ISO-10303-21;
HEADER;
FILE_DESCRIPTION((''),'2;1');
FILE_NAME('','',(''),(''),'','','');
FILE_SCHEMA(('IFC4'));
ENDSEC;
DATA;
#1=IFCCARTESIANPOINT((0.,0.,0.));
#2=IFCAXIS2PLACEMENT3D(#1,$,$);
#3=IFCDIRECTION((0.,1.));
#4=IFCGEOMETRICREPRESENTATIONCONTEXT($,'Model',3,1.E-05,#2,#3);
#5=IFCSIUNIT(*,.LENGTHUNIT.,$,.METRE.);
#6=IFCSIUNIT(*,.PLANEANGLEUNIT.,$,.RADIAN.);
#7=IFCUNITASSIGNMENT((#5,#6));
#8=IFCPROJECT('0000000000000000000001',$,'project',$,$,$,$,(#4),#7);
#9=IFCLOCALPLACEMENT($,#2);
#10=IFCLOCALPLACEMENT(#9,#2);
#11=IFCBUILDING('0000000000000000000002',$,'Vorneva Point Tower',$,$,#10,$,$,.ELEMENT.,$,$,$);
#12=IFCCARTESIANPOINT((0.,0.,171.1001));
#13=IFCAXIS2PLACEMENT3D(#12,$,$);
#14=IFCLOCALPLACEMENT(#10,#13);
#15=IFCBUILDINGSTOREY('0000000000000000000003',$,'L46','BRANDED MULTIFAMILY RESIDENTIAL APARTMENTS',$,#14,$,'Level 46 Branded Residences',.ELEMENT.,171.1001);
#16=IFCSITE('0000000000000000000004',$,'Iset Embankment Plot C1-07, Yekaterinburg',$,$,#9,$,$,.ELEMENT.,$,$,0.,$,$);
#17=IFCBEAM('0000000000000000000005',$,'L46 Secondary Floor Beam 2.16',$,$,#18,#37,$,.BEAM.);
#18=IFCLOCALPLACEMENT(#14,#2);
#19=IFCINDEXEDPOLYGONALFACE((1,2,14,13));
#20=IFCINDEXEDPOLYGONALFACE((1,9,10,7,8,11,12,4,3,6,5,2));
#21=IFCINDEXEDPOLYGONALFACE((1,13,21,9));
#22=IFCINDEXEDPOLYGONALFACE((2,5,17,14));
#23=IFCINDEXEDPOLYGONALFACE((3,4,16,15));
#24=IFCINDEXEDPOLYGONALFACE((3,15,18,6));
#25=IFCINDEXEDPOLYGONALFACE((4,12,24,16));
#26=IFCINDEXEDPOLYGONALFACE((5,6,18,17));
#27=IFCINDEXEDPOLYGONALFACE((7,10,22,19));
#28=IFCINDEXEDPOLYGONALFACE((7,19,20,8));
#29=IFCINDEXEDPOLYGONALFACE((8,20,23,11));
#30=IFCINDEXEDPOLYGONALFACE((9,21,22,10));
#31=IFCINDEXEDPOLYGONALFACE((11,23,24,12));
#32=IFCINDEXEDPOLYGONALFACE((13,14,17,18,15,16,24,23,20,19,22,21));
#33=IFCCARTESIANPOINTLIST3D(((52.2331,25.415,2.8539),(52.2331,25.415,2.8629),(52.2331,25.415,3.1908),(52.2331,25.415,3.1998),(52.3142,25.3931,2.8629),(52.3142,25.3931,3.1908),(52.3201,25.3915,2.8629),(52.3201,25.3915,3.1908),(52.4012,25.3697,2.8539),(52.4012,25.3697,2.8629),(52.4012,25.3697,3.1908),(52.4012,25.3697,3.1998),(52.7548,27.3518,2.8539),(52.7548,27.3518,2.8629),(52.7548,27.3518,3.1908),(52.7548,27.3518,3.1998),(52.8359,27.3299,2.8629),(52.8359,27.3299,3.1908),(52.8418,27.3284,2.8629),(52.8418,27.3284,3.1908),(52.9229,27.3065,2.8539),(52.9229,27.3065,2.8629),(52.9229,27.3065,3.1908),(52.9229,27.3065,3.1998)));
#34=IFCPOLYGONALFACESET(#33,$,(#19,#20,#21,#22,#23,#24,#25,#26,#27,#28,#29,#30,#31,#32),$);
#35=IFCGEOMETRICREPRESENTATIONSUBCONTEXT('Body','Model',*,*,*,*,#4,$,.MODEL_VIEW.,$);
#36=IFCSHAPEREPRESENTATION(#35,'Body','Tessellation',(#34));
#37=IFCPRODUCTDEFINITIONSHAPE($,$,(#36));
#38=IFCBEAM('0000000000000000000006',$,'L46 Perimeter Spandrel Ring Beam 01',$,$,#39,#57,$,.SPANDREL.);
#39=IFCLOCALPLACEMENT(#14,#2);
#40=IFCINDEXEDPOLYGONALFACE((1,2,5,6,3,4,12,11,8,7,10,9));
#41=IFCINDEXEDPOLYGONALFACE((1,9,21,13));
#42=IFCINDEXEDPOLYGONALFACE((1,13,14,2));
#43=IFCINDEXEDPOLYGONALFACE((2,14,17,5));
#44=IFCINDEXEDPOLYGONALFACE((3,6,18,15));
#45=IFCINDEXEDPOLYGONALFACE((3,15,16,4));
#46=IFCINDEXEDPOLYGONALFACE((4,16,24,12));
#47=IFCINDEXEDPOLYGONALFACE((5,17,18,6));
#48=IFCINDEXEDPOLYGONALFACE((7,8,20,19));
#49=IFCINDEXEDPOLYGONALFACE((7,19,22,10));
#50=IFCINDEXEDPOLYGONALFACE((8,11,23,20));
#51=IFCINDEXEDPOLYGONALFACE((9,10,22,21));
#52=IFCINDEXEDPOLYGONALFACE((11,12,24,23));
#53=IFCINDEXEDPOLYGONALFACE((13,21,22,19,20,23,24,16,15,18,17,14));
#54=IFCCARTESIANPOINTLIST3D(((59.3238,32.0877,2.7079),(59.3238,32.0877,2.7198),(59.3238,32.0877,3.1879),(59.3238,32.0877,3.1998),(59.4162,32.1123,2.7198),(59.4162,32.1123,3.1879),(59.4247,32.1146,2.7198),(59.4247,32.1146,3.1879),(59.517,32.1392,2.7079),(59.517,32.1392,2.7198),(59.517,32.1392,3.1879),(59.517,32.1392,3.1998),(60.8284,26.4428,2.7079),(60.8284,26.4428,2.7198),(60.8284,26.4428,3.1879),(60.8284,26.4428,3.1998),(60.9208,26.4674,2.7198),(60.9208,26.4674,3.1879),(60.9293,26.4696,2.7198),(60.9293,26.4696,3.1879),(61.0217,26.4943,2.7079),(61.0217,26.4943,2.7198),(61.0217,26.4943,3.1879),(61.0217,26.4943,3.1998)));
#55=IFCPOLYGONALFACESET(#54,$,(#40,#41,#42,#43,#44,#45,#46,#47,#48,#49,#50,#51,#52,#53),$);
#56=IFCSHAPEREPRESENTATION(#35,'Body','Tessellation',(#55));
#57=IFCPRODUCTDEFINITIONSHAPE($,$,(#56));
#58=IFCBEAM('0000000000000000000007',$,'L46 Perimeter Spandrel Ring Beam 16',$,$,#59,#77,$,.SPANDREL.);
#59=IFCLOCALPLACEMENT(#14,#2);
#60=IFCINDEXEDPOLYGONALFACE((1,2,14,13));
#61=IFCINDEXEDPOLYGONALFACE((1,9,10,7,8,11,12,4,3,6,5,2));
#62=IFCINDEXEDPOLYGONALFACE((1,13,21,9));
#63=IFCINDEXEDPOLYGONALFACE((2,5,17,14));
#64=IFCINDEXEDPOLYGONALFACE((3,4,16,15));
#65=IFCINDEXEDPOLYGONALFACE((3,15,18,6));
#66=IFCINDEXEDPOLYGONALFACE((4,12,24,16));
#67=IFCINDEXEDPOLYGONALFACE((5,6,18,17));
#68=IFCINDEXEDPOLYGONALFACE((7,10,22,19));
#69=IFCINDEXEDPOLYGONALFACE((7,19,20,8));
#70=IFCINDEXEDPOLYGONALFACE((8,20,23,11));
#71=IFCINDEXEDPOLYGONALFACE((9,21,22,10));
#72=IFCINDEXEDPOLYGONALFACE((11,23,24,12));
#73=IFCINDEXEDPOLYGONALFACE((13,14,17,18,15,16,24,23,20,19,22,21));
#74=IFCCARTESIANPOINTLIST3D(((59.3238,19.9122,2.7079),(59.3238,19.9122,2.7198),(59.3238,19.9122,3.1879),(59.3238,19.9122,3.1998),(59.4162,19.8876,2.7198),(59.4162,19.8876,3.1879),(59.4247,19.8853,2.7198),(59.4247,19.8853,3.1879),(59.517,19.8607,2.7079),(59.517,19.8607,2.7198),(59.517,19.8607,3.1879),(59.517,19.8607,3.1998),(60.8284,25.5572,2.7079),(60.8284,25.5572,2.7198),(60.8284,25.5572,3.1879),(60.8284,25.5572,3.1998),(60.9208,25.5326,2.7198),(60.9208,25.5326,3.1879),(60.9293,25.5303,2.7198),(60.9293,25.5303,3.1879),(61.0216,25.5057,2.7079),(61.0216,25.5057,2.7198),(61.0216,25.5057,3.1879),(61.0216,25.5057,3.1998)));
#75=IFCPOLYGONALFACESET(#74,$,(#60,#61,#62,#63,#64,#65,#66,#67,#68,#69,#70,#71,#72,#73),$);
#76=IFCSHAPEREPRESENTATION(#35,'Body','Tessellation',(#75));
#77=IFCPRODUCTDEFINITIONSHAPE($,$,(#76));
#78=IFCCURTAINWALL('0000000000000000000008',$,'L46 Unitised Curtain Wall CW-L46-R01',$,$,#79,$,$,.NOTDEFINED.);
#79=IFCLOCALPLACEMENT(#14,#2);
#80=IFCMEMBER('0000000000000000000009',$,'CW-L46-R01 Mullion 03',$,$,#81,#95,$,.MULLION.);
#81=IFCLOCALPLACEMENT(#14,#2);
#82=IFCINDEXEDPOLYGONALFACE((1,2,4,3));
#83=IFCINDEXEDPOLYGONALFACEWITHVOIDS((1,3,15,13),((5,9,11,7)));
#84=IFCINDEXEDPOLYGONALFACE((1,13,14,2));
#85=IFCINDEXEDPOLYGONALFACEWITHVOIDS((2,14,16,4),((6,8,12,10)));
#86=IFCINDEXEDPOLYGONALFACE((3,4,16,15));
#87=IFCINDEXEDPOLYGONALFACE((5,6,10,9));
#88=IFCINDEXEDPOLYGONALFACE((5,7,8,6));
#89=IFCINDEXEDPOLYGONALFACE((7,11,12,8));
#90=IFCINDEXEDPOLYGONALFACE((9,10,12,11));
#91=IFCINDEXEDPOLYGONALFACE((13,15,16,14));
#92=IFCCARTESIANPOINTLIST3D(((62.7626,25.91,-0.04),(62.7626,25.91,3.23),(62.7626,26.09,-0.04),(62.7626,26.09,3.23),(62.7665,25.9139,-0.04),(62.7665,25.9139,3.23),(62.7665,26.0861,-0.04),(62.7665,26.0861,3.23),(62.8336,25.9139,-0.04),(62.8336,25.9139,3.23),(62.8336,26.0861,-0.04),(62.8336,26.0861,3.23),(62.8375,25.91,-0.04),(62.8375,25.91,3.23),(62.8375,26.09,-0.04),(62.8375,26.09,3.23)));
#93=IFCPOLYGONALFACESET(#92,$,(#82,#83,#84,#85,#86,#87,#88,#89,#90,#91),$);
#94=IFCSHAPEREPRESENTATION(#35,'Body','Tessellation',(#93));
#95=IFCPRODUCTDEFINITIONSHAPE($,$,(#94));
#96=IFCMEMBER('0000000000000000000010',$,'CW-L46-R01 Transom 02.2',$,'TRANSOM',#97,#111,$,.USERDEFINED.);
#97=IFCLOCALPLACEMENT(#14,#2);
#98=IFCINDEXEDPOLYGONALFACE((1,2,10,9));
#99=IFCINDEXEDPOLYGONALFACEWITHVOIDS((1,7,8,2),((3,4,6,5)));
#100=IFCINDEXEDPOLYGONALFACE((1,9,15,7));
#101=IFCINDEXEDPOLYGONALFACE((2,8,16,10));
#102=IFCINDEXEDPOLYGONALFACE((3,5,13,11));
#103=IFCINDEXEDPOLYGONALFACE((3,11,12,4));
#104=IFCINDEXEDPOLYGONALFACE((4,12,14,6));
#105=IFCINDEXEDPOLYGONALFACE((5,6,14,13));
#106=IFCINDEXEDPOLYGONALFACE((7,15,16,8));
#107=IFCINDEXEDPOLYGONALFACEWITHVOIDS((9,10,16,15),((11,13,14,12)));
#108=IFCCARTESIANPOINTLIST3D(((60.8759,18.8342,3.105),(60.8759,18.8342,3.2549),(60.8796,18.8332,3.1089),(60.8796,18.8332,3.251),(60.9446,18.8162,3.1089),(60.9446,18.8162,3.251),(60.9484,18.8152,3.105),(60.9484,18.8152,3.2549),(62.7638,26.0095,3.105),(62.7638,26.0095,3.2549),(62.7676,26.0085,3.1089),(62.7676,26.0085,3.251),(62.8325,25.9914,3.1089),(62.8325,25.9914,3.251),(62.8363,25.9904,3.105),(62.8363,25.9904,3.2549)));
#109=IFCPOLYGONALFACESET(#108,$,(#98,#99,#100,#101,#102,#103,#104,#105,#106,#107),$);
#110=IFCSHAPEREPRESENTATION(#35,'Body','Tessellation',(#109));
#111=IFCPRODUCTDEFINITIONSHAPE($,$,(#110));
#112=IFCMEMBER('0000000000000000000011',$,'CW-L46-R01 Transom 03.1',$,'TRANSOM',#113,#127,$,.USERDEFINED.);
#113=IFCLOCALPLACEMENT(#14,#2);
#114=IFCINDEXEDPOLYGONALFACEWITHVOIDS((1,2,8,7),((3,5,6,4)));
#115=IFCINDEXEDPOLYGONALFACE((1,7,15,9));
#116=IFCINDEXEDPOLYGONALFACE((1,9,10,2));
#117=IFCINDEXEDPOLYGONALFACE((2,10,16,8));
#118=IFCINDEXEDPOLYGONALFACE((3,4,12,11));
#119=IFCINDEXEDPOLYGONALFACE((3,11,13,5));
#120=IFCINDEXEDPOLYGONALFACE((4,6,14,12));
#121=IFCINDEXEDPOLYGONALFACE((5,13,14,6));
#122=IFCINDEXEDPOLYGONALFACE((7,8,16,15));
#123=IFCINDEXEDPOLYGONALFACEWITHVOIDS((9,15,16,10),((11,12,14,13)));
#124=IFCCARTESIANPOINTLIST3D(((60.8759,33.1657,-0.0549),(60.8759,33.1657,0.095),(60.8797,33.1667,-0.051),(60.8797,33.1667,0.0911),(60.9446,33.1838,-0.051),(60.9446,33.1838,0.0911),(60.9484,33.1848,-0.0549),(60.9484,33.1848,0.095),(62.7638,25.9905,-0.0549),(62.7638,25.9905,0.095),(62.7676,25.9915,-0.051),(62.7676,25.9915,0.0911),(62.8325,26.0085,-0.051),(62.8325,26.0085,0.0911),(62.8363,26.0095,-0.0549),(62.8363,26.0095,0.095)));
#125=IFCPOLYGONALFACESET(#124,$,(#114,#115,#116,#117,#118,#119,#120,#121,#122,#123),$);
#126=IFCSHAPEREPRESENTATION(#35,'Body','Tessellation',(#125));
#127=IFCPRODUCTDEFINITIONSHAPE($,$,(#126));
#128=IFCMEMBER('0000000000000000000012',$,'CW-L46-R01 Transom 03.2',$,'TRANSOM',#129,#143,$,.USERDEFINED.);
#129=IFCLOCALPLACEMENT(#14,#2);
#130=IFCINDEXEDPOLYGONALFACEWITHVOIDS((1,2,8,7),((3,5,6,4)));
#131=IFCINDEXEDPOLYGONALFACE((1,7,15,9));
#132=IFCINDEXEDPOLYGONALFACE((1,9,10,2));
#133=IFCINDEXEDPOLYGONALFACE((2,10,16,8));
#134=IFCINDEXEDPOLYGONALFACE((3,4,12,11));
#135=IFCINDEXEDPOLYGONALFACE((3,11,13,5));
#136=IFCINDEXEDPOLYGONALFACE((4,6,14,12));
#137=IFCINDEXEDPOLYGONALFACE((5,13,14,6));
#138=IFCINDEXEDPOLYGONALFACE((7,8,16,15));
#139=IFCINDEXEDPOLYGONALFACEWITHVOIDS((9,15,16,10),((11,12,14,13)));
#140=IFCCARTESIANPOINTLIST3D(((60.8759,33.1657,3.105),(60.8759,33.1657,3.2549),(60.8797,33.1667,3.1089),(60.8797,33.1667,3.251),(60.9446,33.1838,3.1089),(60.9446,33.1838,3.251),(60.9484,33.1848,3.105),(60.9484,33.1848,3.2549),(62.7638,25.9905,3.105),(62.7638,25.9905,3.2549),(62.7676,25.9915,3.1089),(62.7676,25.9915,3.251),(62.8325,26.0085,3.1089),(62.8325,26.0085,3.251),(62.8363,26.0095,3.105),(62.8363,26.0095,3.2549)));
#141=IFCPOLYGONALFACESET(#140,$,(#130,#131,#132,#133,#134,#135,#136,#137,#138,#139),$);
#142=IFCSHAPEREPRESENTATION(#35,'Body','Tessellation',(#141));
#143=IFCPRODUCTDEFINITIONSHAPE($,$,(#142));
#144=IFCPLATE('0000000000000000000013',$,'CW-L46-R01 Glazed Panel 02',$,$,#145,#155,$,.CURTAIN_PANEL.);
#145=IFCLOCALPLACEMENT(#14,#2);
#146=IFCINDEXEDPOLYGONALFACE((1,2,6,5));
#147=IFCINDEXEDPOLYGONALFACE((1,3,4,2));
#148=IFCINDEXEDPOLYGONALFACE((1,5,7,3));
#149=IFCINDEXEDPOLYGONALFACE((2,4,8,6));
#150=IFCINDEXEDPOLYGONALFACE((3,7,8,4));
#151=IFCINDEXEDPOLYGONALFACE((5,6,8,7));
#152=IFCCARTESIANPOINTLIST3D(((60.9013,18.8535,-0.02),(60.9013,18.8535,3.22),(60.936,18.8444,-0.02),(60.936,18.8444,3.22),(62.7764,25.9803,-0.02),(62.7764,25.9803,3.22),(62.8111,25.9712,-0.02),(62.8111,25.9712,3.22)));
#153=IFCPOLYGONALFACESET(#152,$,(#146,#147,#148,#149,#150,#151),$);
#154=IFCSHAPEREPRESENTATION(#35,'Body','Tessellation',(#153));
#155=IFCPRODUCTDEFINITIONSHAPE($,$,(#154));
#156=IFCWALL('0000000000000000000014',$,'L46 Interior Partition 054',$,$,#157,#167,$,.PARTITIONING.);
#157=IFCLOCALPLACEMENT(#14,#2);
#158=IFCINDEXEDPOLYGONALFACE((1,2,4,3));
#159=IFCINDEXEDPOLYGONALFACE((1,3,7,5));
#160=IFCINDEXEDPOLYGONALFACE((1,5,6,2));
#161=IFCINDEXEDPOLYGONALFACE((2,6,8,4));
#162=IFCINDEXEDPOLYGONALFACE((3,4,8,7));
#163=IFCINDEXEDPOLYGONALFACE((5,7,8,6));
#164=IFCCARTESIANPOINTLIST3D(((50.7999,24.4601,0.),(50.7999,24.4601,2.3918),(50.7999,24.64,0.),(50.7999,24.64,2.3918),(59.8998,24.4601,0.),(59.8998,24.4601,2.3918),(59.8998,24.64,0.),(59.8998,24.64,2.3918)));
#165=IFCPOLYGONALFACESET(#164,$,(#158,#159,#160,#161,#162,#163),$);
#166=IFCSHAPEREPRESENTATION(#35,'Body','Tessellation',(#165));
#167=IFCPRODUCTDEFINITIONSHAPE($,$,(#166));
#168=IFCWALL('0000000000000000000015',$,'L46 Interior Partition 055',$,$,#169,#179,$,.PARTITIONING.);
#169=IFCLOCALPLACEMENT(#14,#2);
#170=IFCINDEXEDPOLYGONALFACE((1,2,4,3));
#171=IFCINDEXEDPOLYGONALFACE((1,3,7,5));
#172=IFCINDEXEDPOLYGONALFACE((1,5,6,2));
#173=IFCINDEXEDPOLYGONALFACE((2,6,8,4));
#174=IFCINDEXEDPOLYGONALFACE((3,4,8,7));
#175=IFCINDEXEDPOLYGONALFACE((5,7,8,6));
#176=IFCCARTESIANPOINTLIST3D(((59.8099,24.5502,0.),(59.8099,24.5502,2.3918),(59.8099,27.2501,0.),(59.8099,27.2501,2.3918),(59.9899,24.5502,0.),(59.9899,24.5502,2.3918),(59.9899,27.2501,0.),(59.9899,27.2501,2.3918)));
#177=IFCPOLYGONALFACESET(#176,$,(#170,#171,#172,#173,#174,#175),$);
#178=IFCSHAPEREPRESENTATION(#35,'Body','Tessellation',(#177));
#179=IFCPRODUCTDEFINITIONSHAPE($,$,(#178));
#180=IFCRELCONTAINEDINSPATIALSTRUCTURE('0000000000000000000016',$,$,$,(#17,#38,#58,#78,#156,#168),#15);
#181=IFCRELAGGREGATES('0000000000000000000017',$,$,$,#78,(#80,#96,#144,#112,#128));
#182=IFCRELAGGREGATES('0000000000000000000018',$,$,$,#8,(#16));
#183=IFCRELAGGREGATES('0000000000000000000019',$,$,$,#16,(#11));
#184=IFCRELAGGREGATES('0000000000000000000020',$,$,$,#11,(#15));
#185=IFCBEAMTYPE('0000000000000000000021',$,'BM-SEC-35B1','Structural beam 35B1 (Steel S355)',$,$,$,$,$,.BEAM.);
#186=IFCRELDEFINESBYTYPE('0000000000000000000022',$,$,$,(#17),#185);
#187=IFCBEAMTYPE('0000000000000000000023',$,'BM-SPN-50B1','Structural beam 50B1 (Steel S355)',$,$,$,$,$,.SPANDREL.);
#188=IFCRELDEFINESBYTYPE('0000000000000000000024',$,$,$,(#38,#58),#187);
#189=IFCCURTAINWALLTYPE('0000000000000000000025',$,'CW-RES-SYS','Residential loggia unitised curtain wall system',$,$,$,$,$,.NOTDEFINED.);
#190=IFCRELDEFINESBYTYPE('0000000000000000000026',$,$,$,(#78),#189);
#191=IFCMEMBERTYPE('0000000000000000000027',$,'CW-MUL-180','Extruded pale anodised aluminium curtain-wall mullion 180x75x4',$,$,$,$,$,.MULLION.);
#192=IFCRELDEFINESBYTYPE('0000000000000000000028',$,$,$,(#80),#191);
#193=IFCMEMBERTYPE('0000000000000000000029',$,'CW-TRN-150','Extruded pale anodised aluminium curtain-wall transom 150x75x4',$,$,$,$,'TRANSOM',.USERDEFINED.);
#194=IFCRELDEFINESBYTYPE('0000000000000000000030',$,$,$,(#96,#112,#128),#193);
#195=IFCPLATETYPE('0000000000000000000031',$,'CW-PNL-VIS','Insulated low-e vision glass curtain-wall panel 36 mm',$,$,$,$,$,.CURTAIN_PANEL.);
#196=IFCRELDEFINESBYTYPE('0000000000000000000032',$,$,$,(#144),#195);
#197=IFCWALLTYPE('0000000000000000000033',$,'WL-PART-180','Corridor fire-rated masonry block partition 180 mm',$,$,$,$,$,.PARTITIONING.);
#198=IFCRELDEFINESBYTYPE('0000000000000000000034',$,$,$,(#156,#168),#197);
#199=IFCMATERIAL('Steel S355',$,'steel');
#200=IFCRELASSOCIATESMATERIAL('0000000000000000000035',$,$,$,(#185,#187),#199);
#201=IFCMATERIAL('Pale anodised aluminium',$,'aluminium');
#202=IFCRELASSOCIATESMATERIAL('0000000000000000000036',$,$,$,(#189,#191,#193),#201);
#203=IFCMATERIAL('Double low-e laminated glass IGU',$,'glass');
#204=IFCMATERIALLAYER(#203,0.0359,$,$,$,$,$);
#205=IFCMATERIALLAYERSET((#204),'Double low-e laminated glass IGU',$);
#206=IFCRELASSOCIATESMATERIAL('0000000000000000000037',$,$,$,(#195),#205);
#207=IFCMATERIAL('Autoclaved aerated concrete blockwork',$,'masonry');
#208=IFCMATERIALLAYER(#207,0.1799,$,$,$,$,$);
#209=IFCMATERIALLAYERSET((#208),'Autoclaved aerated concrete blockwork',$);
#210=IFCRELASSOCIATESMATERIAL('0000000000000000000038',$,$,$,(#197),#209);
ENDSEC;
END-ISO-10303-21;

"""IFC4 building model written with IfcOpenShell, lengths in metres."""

from ifc_helpers import new_model, si_unit, direction, frame, frame_2d, origin, origin_2d, place, context, subcontext, project, spatial, rectangle, hollow_rectangle, i_section, extrude, material, layer, layer_set, material_profile, profile_set, type_object, element, aggregate, save


model = new_model("IFC4")

# Units and contexts
model_context = context("Model", 3, precision=1e-05, world=origin(), true_north=direction((0.0, 1.0)))
body_context = subcontext(model_context, "Body", "Model", "MODEL_VIEW")
ifc_project = project(units=[si_unit("LENGTHUNIT", "METRE"), si_unit("PLANEANGLEUNIT", "RADIAN")], contexts=[model_context])

# Site, building, storey
site_placement = place(None, origin())
site = spatial("IfcSite", under=ifc_project, at=site_placement, Name="Iset Embankment Plot C1-07, Yekaterinburg", CompositionType="ELEMENT", RefElevation=0.0)
building_placement = place(site_placement, origin())
building = spatial("IfcBuilding", under=site, at=building_placement, Name="Vorneva Point Tower", CompositionType="ELEMENT")
storey_placement = place(building_placement, frame((0.0, 0.0, 171.1001)))
storey = spatial("IfcBuildingStorey", under=building, at=storey_placement, Name="L46", Description="BRANDED MULTIFAMILY RESIDENTIAL APARTMENTS", LongName="Level 46 Branded Residences", CompositionType="ELEMENT", Elevation=171.1001)

# Beams
ifc_material_1 = material(Name="Steel S355", Category="steel")
ifc_material_profile_1 = material_profile(ifc_material_1, i_section(OverallWidth=0.1741, OverallDepth=0.3459, WebThickness=0.0061, FlangeThickness=0.009, at=origin_2d()), Name="35B1")
ifc_profile_set_1 = profile_set([ifc_material_profile_1], Name="Steel S355")
beam_type_1 = type_object("IfcBeamType", Name="BM-SEC-35B1", Description="Structural beam 35B1 (Steel S355)", PredefinedType="BEAM", material=ifc_profile_set_1)
beam_1_placement = place(storey_placement, frame((52.3171, 25.3923, 3.0269), z_axis=(0.260109, 0.965579, 0.0), x_axis=(-0.965579, 0.260109, 0.0)))
element("IfcBeam", 1, at=beam_1_placement, inside=storey, type_object=beam_type_1, Name="L46 Secondary Floor Beam 2.16", PredefinedType="BEAM", context=body_context, shape_type="SweptSolid", body=[
    extrude(i_section(OverallWidth=0.1741, OverallDepth=0.3459, WebThickness=0.0061, FlangeThickness=0.009, at=origin_2d()), origin(), (0.0, 0.0, 1.0), 2.0059),
])
ifc_material_profile_2 = material_profile(ifc_material_1, i_section(OverallWidth=0.2, OverallDepth=0.4919, WebThickness=0.0088, FlangeThickness=0.012, at=origin_2d()), Name="50B1")
ifc_profile_set_2 = profile_set([ifc_material_profile_2], Name="Steel S355")
beam_type_2 = type_object("IfcBeamType", Name="BM-SPN-50B1", Description="Structural beam 50B1 (Steel S355)", PredefinedType="SPANDREL", material=ifc_profile_set_2)
for number, where, z_axis, x_axis, name in (
    (2, (60.925, 26.4685, 2.9539), (-0.257551, 0.966265, 0.0), (-0.966265, -0.257551, 0.0), "L46 Perimeter Spandrel Ring Beam 01"),
    (3, (59.4204, 19.8865, 2.9539), (0.257551, 0.966265, 0.0), (-0.966265, 0.257551, 0.0), "L46 Perimeter Spandrel Ring Beam 16"),
):
    element("IfcBeam", number, at=place(storey_placement, frame(where, z_axis=z_axis, x_axis=x_axis)), inside=storey, type_object=beam_type_2, Name=name, PredefinedType="SPANDREL", context=body_context, shape_type="SweptSolid", body=[
        extrude(i_section(OverallWidth=0.2, OverallDepth=0.4919, WebThickness=0.0088, FlangeThickness=0.012, at=origin_2d()), origin(), (0.0, 0.0, 1.0), 5.842),
    ])

# Curtain wall, members, plate
ifc_material_2 = material(Name="Pale anodised aluminium", Category="aluminium")
curtain_wall_type = type_object("IfcCurtainWallType", Name="CW-RES-SYS", Description="Residential loggia unitised curtain wall system", PredefinedType="NOTDEFINED", material=ifc_material_2)
curtain_wall_placement = place(storey_placement, origin())
curtain_wall = element("IfcCurtainWall", 4, at=curtain_wall_placement, inside=storey, type_object=curtain_wall_type, Name="L46 Unitised Curtain Wall CW-L46-R01", PredefinedType="NOTDEFINED")
ifc_material_profile_3 = material_profile(ifc_material_2, hollow_rectangle(XDim=0.075, YDim=0.1799, WallThickness=0.0039, at=origin_2d()), Name="AL-MUL 180x75x4")
ifc_profile_set_3 = profile_set([ifc_material_profile_3], Name="Pale anodised aluminium")
member_type_1 = type_object("IfcMemberType", Name="CW-MUL-180", Description="Extruded pale anodised aluminium curtain-wall mullion 180x75x4", PredefinedType="MULLION", material=ifc_profile_set_3)
member_1_placement = place(storey_placement, frame((62.8, 26.0, -0.04), z_axis=(0.0, 0.0, 1.0), x_axis=(1.0, 0.0, 0.0)))
member_1 = element("IfcMember", 5, at=member_1_placement, type_object=member_type_1, Name="CW-L46-R01 Mullion 03", PredefinedType="MULLION", context=body_context, shape_type="SweptSolid", body=[
    extrude(hollow_rectangle(XDim=0.075, YDim=0.1799, WallThickness=0.0039, at=origin_2d()), origin(), (0.0, 0.0, 1.0), 3.27),
])
ifc_material_profile_4 = material_profile(ifc_material_2, hollow_rectangle(XDim=0.075, YDim=0.1499, WallThickness=0.0039, at=origin_2d()), Name="AL-TRN 150x75x4")
ifc_profile_set_4 = profile_set([ifc_material_profile_4], Name="Pale anodised aluminium")
member_type_2 = type_object("IfcMemberType", Name="CW-TRN-150", Description="Extruded pale anodised aluminium curtain-wall transom 150x75x4", ElementType="TRANSOM", PredefinedType="USERDEFINED", material=ifc_profile_set_4)
member_2_placement = place(storey_placement, frame((60.9121, 18.8247, 3.1799), z_axis=(0.254456, 0.967084, 0.0), x_axis=(-0.967084, 0.254456, 0.0)))
member_2 = element("IfcMember", 6, at=member_2_placement, type_object=member_type_2, Name="CW-L46-R01 Transom 02.2", ObjectType="TRANSOM", PredefinedType="USERDEFINED", context=body_context, shape_type="SweptSolid", body=[
    extrude(hollow_rectangle(XDim=0.075, YDim=0.1499, WallThickness=0.0039, at=origin_2d()), origin(), (0.0, 0.0, 1.0), 7.4194),
])
member_3_placement = place(storey_placement, frame((62.8, 26.0, 0.02), z_axis=(-0.254456, 0.967084, 0.0), x_axis=(-0.967084, -0.254456, 0.0)))
member_3 = element("IfcMember", 7, at=member_3_placement, type_object=member_type_2, Name="CW-L46-R01 Transom 03.1", ObjectType="TRANSOM", PredefinedType="USERDEFINED", context=body_context, shape_type="SweptSolid", body=[
    extrude(hollow_rectangle(XDim=0.075, YDim=0.1499, WallThickness=0.0039, at=origin_2d()), origin(), (0.0, 0.0, 1.0), 7.4194),
])
member_4_placement = place(storey_placement, frame((62.8, 26.0, 3.1799), z_axis=(-0.254456, 0.967084, 0.0), x_axis=(-0.967084, -0.254456, 0.0)))
member_4 = element("IfcMember", 8, at=member_4_placement, type_object=member_type_2, Name="CW-L46-R01 Transom 03.2", ObjectType="TRANSOM", PredefinedType="USERDEFINED", context=body_context, shape_type="SweptSolid", body=[
    extrude(hollow_rectangle(XDim=0.075, YDim=0.1499, WallThickness=0.0039, at=origin_2d()), origin(), (0.0, 0.0, 1.0), 7.4194),
])
ifc_material_3 = material(Name="Double low-e laminated glass IGU", Category="glass")
ifc_layer_1 = layer(ifc_material_3, 0.0359)
ifc_layer_set_1 = layer_set([ifc_layer_1], Name="Double low-e laminated glass IGU")
plate_type = type_object("IfcPlateType", Name="CW-PNL-VIS", Description="Insulated low-e vision glass curtain-wall panel 36 mm", PredefinedType="CURTAIN_PANEL", material=ifc_layer_set_1)
plate_placement = place(storey_placement, frame((61.8562, 22.4124, -0.02), z_axis=(0.0, 0.0, 1.0), x_axis=(0.254433, 0.96709, 0.0)))
plate = element("IfcPlate", 9, at=plate_placement, type_object=plate_type, Name="CW-L46-R01 Glazed Panel 02", PredefinedType="CURTAIN_PANEL", context=body_context, shape_type="SweptSolid", body=[
    extrude(rectangle(XDim=7.3694, YDim=0.0359, at=origin_2d()), origin(), (0.0, 0.0, 1.0), 3.24),
])
aggregate(curtain_wall, [member_1, member_2, plate, member_3, member_4])

# Shared definitions
ifc_material_4 = material(Name="Autoclaved aerated concrete blockwork", Category="masonry")
ifc_layer_2 = layer(ifc_material_4, 0.1799)
ifc_layer_set_2 = layer_set([ifc_layer_2], Name="Autoclaved aerated concrete blockwork")
wall_type_1 = type_object("IfcWallType", Name="WL-PART-180", Description="Corridor fire-rated masonry block partition 180 mm", PredefinedType="PARTITIONING", material=ifc_layer_set_2)

# Walls
wall_1_placement = place(storey_placement, frame((50.8, 24.55, 0.0), z_axis=(0.0, 0.0, 1.0), x_axis=(1.0, 0.0, 0.0)))
element("IfcWall", 10, at=wall_1_placement, inside=storey, type_object=wall_type_1, Name="L46 Interior Partition 054", PredefinedType="PARTITIONING", context=body_context, shape_type="SweptSolid", body=[
    extrude(rectangle(XDim=9.0999, YDim=0.1799, at=frame_2d((4.5498, 0.0))), origin(), (0.0, 0.0, 1.0), 2.3918),
])
wall_2_placement = place(storey_placement, frame((59.8999, 24.55, 0.0), z_axis=(0.0, 0.0, 1.0), x_axis=(0.0, 1.0, 0.0)))
element("IfcWall", 11, at=wall_2_placement, inside=storey, type_object=wall_type_1, Name="L46 Interior Partition 055", PredefinedType="PARTITIONING", context=body_context, shape_type="SweptSolid", body=[
    extrude(rectangle(XDim=2.7, YDim=0.1799, at=frame_2d((1.3501, 0.0))), origin(), (0.0, 0.0, 1.0), 2.3918),
])

save(model, "model.ifc")
